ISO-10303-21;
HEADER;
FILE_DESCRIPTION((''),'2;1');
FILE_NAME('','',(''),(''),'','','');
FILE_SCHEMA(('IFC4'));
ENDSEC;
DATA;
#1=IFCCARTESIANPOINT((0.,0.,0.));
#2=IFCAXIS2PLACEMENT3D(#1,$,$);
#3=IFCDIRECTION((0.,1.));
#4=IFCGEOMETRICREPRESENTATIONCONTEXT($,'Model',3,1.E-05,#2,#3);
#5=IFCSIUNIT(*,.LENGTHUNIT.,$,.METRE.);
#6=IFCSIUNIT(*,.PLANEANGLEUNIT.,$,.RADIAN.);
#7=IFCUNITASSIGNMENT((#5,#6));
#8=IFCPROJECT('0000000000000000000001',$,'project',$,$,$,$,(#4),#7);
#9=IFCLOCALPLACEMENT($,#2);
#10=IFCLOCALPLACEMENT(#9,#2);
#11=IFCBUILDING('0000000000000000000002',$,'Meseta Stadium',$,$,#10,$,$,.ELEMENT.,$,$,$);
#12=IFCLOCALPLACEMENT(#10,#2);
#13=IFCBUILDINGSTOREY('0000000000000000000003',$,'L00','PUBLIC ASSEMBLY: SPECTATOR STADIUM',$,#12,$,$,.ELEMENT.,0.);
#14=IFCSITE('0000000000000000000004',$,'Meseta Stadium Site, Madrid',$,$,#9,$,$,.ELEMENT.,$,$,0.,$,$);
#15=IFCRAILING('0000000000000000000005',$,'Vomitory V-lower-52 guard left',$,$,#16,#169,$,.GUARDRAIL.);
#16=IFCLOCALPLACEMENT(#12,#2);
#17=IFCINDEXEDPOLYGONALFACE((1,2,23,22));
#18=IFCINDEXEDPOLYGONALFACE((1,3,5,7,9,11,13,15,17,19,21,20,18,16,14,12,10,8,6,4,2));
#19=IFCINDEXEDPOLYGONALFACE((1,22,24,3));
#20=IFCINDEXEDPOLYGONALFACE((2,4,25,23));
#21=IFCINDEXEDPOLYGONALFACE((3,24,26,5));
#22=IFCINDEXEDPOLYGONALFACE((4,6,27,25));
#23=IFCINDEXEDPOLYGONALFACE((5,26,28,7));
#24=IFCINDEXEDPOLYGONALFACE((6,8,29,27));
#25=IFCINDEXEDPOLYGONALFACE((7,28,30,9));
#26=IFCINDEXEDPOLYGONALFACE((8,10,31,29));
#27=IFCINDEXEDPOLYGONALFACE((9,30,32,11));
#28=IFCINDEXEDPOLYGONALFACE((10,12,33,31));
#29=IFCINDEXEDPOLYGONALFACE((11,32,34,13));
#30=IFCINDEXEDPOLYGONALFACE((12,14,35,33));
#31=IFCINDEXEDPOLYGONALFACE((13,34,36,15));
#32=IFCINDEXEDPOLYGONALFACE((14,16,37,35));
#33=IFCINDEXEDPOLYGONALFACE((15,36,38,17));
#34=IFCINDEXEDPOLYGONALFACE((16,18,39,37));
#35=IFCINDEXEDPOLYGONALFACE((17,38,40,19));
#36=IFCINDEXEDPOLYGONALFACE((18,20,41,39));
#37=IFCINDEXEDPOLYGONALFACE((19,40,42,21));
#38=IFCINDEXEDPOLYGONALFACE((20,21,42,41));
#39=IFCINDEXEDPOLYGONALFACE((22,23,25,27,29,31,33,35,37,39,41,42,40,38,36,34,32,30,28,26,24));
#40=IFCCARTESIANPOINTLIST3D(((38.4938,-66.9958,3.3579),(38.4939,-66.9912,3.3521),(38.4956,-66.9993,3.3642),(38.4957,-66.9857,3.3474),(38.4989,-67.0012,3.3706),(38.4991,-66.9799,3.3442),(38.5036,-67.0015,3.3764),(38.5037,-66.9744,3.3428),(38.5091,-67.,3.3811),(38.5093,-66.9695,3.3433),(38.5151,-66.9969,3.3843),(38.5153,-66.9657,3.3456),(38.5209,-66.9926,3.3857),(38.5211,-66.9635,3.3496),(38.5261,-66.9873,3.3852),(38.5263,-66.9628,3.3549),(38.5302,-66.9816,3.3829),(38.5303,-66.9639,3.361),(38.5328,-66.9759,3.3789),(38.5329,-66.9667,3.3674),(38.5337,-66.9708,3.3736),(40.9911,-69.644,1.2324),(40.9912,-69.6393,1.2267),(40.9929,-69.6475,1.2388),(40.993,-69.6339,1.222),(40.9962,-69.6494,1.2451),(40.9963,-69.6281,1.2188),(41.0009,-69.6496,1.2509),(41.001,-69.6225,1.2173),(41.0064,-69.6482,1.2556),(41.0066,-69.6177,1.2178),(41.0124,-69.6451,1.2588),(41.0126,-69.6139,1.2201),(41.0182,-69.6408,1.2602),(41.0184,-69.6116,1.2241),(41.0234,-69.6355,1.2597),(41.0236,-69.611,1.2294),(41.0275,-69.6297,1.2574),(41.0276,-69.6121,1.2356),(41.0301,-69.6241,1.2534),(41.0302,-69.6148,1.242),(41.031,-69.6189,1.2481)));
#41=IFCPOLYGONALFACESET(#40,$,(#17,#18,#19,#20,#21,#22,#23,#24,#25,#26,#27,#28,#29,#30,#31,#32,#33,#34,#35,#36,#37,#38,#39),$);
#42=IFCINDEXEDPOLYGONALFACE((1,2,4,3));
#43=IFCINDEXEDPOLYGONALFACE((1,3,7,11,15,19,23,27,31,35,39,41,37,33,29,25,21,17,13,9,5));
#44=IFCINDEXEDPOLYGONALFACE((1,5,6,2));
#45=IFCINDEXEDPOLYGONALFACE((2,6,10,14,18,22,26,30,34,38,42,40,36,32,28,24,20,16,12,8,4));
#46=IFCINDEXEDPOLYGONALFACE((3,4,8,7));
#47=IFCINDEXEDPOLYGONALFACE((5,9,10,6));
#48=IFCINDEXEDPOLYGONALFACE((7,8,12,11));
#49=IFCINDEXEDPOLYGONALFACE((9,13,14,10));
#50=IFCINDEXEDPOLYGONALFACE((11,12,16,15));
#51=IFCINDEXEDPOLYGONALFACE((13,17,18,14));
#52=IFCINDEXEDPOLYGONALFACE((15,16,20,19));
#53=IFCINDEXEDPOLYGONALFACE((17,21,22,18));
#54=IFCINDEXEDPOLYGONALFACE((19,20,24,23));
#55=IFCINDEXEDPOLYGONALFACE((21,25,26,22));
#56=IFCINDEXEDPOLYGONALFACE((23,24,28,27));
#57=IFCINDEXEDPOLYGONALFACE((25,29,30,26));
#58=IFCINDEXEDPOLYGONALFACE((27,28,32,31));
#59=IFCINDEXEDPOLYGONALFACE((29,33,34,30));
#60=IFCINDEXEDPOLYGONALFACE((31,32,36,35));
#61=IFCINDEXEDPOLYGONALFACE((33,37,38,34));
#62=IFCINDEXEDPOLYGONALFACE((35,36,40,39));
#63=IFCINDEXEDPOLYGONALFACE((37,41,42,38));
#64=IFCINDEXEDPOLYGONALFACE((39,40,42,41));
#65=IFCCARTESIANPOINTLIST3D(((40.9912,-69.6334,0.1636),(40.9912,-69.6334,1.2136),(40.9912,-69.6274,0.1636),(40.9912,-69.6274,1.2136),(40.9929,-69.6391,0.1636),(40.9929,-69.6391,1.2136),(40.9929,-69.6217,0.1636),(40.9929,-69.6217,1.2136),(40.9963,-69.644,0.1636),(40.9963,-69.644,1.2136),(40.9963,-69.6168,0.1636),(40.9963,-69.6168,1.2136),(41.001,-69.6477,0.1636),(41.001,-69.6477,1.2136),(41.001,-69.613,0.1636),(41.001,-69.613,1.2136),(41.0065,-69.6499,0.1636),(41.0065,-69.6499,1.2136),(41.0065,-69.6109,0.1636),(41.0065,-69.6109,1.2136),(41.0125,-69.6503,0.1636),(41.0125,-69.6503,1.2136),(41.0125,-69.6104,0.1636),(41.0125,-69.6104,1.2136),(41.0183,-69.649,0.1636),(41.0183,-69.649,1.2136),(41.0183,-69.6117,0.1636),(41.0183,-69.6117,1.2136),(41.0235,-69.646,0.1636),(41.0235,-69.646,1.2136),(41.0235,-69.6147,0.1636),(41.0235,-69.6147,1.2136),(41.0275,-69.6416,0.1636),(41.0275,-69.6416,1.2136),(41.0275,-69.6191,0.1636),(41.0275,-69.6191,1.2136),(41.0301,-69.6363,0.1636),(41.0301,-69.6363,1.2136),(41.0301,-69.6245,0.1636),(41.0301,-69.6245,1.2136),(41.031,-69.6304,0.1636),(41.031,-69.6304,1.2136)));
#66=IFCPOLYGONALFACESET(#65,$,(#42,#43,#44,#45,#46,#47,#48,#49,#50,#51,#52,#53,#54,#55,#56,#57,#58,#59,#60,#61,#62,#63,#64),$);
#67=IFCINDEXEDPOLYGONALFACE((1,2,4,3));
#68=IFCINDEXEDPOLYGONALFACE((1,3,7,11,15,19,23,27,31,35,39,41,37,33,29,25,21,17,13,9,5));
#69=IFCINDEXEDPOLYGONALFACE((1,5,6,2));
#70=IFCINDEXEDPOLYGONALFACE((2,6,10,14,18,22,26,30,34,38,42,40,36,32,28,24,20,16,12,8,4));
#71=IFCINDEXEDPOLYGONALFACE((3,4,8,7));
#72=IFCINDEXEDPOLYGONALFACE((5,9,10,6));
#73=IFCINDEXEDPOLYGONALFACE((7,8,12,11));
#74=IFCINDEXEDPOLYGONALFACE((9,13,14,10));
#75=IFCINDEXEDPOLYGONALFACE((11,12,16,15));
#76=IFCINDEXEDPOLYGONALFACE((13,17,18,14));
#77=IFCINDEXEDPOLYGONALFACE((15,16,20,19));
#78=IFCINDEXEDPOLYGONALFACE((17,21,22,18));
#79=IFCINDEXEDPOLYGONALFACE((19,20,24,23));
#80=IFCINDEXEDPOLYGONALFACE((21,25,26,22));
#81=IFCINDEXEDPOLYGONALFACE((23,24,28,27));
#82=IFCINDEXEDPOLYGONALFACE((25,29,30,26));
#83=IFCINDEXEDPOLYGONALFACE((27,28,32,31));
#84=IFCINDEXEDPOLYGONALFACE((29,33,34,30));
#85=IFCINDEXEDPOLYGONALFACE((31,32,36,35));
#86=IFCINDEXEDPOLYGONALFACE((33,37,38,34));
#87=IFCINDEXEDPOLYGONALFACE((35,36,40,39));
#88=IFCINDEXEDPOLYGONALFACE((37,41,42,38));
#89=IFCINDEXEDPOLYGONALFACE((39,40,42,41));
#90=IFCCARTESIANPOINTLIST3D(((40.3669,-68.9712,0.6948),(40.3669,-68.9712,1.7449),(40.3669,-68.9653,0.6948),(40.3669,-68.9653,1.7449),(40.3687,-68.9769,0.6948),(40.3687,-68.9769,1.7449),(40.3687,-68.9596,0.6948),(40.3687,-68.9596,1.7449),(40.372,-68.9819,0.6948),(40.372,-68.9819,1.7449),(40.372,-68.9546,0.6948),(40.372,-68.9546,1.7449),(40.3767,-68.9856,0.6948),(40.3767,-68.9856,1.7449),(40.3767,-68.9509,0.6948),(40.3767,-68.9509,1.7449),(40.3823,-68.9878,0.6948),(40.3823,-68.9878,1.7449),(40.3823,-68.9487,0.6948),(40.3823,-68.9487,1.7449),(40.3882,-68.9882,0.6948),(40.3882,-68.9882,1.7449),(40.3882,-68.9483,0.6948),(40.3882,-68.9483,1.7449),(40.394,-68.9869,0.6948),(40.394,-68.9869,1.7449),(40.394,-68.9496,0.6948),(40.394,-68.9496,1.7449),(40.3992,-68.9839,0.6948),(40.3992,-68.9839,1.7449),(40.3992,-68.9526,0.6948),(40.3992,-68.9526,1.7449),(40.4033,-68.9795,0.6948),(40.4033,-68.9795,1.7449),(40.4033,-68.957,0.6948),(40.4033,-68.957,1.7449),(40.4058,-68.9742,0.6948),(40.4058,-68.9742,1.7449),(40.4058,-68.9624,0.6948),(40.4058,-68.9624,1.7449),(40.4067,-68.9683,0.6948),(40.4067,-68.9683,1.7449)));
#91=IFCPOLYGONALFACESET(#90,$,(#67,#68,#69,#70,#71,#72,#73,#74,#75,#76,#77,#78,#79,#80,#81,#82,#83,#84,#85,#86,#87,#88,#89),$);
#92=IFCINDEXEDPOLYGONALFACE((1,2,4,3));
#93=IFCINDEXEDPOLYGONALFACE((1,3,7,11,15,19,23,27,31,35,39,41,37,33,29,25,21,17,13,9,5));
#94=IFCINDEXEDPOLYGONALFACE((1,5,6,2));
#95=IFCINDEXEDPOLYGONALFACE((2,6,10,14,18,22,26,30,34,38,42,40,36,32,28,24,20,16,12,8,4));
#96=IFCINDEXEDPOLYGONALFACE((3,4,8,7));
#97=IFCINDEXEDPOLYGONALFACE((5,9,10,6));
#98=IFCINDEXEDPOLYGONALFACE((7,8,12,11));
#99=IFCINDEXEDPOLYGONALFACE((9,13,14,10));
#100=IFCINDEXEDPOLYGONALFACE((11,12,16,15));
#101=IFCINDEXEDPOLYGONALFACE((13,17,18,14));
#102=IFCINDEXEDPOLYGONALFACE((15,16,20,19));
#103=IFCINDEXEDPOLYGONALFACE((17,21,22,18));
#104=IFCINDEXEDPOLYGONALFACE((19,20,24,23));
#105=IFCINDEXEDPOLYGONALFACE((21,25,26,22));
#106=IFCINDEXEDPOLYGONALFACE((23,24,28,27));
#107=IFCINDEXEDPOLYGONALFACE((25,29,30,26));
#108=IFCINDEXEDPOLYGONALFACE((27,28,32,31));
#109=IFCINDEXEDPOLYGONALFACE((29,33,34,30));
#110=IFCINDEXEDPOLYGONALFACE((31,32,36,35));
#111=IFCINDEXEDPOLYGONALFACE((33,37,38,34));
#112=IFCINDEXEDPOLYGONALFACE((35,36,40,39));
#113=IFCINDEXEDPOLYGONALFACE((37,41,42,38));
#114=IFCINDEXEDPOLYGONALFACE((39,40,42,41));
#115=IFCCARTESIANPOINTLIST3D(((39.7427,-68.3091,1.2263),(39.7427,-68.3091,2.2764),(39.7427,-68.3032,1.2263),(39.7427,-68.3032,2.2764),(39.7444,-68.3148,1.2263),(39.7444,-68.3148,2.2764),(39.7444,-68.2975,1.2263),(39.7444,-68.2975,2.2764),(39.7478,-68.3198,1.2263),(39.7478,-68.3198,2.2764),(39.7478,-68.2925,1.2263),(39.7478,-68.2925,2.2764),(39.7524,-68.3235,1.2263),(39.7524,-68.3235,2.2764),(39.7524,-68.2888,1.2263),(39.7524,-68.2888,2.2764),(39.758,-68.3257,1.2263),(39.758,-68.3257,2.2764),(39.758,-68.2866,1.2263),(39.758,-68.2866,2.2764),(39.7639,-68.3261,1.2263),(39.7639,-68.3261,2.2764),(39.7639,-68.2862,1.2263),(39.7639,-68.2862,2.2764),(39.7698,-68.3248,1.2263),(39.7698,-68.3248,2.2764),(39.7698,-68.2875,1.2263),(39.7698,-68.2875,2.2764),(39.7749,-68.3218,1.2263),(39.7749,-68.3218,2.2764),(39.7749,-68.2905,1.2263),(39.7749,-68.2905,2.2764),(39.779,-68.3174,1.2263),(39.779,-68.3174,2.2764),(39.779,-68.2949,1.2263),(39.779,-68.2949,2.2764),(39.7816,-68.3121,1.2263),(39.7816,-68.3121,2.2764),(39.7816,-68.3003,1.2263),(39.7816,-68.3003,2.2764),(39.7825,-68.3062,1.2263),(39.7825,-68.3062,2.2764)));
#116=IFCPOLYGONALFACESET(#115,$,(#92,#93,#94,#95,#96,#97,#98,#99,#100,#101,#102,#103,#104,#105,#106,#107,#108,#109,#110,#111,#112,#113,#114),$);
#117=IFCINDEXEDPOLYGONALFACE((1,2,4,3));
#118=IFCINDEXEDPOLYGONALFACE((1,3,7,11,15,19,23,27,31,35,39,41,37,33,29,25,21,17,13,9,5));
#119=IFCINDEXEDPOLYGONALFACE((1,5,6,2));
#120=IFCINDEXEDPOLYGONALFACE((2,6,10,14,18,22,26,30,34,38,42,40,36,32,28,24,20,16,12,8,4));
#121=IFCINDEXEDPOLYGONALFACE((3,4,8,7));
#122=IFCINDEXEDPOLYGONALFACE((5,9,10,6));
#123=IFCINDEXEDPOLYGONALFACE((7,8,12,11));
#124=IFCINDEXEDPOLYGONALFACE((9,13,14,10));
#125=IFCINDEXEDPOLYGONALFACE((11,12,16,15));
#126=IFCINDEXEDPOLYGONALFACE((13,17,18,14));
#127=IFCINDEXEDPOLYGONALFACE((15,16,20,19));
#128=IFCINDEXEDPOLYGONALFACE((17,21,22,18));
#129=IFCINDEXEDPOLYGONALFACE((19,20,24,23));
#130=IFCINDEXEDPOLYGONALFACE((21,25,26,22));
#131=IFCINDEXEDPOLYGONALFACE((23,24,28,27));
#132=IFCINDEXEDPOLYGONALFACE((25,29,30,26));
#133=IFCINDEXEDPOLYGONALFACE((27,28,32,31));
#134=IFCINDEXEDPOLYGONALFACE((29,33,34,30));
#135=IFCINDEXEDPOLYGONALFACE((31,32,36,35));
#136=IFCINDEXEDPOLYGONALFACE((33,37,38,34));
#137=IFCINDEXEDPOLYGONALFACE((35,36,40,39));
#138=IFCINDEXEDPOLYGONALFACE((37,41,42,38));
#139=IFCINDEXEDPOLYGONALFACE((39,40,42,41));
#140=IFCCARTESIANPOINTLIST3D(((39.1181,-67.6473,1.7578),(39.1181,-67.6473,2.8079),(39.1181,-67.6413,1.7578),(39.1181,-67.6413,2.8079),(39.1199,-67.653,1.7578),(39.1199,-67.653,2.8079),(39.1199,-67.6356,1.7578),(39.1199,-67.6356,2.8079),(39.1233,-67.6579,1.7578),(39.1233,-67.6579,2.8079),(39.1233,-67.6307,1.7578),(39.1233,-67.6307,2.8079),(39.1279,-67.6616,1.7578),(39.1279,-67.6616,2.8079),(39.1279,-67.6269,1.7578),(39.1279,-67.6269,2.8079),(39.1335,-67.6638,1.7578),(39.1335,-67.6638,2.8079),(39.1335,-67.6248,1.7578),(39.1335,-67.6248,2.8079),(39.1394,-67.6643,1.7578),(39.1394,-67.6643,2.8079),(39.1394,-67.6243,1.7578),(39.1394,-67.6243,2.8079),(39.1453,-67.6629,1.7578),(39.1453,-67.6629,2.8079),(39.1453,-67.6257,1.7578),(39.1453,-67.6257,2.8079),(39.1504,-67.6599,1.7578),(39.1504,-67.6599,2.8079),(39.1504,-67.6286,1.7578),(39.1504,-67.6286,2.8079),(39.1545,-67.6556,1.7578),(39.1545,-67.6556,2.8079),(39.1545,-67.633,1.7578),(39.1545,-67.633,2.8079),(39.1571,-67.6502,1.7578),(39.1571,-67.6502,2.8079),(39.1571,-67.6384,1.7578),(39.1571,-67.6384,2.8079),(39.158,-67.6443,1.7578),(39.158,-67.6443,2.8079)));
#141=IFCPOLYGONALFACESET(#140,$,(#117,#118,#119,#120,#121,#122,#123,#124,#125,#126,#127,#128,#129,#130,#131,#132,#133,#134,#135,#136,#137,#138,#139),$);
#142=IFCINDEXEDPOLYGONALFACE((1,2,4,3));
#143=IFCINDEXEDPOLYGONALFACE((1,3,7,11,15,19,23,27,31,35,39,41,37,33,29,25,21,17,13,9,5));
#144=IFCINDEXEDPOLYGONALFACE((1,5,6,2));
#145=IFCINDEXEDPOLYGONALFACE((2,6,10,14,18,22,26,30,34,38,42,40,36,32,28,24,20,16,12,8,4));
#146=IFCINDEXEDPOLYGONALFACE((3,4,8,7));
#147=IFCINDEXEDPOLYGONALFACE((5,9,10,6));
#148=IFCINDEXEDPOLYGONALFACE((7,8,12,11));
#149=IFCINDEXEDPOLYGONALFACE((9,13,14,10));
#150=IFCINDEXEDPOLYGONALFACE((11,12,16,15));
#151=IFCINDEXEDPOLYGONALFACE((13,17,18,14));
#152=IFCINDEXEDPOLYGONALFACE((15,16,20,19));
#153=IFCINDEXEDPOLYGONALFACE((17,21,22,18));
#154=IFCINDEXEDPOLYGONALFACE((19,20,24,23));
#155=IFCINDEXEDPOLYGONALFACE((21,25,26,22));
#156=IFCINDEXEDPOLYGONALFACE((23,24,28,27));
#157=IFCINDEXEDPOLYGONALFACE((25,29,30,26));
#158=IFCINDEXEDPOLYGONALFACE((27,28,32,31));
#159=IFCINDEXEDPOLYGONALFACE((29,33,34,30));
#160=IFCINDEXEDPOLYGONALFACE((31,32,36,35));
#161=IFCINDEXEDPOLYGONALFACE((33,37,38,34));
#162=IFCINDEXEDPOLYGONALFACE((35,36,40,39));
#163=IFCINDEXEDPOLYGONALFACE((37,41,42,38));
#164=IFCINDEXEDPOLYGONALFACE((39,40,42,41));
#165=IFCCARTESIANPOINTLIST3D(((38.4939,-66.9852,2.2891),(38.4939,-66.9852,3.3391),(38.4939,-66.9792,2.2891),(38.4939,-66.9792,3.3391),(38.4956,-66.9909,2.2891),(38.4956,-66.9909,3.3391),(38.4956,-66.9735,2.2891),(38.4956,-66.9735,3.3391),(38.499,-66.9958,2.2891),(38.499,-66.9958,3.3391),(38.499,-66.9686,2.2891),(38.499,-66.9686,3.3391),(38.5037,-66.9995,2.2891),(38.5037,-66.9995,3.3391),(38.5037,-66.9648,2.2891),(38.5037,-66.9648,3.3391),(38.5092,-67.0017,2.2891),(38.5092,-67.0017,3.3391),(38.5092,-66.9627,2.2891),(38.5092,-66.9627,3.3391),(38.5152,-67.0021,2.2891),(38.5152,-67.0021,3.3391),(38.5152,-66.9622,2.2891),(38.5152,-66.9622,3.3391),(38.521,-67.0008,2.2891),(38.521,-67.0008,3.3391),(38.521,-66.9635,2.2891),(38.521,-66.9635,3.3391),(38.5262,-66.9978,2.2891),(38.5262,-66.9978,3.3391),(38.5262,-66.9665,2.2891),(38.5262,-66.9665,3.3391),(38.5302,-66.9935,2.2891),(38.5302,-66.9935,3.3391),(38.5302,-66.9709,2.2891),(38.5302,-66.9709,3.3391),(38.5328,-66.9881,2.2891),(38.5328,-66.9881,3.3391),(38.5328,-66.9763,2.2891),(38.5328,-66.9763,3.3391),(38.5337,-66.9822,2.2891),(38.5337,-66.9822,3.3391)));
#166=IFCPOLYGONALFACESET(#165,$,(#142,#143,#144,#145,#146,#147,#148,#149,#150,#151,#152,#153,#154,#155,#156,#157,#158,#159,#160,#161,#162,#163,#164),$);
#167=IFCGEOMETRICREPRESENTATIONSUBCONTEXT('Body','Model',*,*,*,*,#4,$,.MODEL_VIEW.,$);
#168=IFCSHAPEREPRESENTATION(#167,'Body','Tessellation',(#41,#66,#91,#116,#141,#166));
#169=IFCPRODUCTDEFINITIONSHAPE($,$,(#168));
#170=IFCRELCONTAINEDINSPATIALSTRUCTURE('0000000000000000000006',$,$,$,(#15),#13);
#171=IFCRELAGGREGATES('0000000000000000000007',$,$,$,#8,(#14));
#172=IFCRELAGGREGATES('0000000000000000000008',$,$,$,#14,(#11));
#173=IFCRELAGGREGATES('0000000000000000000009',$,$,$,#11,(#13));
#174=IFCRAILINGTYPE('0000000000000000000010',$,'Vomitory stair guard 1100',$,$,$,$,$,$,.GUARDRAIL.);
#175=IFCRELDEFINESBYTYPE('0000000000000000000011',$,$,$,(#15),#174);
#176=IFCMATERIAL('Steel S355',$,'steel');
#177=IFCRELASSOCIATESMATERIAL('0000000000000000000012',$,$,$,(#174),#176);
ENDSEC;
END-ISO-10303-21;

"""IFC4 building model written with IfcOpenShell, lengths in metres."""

from ifc_helpers import new_model, si_unit, direction, frame, origin, origin_2d, place, context, subcontext, project, spatial, circle, extrude, material, type_object, element, save


model = new_model("IFC4")

# Units and contexts
model_context = context("Model", 3, precision=1e-05, world=origin(), true_north=direction((0.0, 1.0)))
body_context = subcontext(model_context, "Body", "Model", "MODEL_VIEW")
ifc_project = project(units=[si_unit("LENGTHUNIT", "METRE"), si_unit("PLANEANGLEUNIT", "RADIAN")], contexts=[model_context])

# Site, building, storey
site_placement = place(None, origin())
site = spatial("IfcSite", under=ifc_project, at=site_placement, Name="Meseta Stadium Site, Madrid", CompositionType="ELEMENT", RefElevation=0.0)
building_placement = place(site_placement, origin())
building = spatial("IfcBuilding", under=site, at=building_placement, Name="Meseta Stadium", CompositionType="ELEMENT")
storey_placement = place(building_placement, origin())
storey = spatial("IfcBuildingStorey", under=building, at=storey_placement, Name="L00", Description="PUBLIC ASSEMBLY: SPECTATOR STADIUM", CompositionType="ELEMENT", Elevation=0.0)

# Railing
ifc_material_1 = material(Name="Steel S355", Category="steel")
railing_type_1 = type_object("IfcRailingType", Name="Vomitory stair guard 1100", PredefinedType="GUARDRAIL", material=ifc_material_1)
railing_1_placement = place(storey_placement, frame((41.011, -69.6304, 0.1636)))
element("IfcRailing", 1, at=railing_1_placement, inside=storey, type_object=railing_type_1, Name="Vomitory V-lower-52 guard left", PredefinedType="GUARDRAIL", context=body_context, shape_type="SweptSolid", body=[
    extrude(circle(Radius=0.0249, at=origin_2d()), frame((0.0, 0.0, 1.0752), z_axis=(-0.592466, 0.628261, 0.504254), x_axis=(-0.727528, -0.686078, 0.0)), (0.0, 0.0, 1.0), 4.2151),
    extrude(circle(Radius=0.02, at=origin_2d()), origin(), (0.0, 0.0, 1.0), 1.05),
    extrude(circle(Radius=0.02, at=origin_2d()), frame((-0.6243, 0.6621, 0.5312)), (0.0, 0.0, 1.0), 1.05),
    extrude(circle(Radius=0.02, at=origin_2d()), frame((-1.2485, 1.3242, 1.0627)), (0.0, 0.0, 1.0), 1.05),
    extrude(circle(Radius=0.02, at=origin_2d()), frame((-1.873, 1.9861, 1.5942)), (0.0, 0.0, 1.0), 1.05),
    extrude(circle(Radius=0.02, at=origin_2d()), frame((-2.4973, 2.6482, 2.1255)), (0.0, 0.0, 1.0), 1.05),
])

save(model, "model.ifc")
